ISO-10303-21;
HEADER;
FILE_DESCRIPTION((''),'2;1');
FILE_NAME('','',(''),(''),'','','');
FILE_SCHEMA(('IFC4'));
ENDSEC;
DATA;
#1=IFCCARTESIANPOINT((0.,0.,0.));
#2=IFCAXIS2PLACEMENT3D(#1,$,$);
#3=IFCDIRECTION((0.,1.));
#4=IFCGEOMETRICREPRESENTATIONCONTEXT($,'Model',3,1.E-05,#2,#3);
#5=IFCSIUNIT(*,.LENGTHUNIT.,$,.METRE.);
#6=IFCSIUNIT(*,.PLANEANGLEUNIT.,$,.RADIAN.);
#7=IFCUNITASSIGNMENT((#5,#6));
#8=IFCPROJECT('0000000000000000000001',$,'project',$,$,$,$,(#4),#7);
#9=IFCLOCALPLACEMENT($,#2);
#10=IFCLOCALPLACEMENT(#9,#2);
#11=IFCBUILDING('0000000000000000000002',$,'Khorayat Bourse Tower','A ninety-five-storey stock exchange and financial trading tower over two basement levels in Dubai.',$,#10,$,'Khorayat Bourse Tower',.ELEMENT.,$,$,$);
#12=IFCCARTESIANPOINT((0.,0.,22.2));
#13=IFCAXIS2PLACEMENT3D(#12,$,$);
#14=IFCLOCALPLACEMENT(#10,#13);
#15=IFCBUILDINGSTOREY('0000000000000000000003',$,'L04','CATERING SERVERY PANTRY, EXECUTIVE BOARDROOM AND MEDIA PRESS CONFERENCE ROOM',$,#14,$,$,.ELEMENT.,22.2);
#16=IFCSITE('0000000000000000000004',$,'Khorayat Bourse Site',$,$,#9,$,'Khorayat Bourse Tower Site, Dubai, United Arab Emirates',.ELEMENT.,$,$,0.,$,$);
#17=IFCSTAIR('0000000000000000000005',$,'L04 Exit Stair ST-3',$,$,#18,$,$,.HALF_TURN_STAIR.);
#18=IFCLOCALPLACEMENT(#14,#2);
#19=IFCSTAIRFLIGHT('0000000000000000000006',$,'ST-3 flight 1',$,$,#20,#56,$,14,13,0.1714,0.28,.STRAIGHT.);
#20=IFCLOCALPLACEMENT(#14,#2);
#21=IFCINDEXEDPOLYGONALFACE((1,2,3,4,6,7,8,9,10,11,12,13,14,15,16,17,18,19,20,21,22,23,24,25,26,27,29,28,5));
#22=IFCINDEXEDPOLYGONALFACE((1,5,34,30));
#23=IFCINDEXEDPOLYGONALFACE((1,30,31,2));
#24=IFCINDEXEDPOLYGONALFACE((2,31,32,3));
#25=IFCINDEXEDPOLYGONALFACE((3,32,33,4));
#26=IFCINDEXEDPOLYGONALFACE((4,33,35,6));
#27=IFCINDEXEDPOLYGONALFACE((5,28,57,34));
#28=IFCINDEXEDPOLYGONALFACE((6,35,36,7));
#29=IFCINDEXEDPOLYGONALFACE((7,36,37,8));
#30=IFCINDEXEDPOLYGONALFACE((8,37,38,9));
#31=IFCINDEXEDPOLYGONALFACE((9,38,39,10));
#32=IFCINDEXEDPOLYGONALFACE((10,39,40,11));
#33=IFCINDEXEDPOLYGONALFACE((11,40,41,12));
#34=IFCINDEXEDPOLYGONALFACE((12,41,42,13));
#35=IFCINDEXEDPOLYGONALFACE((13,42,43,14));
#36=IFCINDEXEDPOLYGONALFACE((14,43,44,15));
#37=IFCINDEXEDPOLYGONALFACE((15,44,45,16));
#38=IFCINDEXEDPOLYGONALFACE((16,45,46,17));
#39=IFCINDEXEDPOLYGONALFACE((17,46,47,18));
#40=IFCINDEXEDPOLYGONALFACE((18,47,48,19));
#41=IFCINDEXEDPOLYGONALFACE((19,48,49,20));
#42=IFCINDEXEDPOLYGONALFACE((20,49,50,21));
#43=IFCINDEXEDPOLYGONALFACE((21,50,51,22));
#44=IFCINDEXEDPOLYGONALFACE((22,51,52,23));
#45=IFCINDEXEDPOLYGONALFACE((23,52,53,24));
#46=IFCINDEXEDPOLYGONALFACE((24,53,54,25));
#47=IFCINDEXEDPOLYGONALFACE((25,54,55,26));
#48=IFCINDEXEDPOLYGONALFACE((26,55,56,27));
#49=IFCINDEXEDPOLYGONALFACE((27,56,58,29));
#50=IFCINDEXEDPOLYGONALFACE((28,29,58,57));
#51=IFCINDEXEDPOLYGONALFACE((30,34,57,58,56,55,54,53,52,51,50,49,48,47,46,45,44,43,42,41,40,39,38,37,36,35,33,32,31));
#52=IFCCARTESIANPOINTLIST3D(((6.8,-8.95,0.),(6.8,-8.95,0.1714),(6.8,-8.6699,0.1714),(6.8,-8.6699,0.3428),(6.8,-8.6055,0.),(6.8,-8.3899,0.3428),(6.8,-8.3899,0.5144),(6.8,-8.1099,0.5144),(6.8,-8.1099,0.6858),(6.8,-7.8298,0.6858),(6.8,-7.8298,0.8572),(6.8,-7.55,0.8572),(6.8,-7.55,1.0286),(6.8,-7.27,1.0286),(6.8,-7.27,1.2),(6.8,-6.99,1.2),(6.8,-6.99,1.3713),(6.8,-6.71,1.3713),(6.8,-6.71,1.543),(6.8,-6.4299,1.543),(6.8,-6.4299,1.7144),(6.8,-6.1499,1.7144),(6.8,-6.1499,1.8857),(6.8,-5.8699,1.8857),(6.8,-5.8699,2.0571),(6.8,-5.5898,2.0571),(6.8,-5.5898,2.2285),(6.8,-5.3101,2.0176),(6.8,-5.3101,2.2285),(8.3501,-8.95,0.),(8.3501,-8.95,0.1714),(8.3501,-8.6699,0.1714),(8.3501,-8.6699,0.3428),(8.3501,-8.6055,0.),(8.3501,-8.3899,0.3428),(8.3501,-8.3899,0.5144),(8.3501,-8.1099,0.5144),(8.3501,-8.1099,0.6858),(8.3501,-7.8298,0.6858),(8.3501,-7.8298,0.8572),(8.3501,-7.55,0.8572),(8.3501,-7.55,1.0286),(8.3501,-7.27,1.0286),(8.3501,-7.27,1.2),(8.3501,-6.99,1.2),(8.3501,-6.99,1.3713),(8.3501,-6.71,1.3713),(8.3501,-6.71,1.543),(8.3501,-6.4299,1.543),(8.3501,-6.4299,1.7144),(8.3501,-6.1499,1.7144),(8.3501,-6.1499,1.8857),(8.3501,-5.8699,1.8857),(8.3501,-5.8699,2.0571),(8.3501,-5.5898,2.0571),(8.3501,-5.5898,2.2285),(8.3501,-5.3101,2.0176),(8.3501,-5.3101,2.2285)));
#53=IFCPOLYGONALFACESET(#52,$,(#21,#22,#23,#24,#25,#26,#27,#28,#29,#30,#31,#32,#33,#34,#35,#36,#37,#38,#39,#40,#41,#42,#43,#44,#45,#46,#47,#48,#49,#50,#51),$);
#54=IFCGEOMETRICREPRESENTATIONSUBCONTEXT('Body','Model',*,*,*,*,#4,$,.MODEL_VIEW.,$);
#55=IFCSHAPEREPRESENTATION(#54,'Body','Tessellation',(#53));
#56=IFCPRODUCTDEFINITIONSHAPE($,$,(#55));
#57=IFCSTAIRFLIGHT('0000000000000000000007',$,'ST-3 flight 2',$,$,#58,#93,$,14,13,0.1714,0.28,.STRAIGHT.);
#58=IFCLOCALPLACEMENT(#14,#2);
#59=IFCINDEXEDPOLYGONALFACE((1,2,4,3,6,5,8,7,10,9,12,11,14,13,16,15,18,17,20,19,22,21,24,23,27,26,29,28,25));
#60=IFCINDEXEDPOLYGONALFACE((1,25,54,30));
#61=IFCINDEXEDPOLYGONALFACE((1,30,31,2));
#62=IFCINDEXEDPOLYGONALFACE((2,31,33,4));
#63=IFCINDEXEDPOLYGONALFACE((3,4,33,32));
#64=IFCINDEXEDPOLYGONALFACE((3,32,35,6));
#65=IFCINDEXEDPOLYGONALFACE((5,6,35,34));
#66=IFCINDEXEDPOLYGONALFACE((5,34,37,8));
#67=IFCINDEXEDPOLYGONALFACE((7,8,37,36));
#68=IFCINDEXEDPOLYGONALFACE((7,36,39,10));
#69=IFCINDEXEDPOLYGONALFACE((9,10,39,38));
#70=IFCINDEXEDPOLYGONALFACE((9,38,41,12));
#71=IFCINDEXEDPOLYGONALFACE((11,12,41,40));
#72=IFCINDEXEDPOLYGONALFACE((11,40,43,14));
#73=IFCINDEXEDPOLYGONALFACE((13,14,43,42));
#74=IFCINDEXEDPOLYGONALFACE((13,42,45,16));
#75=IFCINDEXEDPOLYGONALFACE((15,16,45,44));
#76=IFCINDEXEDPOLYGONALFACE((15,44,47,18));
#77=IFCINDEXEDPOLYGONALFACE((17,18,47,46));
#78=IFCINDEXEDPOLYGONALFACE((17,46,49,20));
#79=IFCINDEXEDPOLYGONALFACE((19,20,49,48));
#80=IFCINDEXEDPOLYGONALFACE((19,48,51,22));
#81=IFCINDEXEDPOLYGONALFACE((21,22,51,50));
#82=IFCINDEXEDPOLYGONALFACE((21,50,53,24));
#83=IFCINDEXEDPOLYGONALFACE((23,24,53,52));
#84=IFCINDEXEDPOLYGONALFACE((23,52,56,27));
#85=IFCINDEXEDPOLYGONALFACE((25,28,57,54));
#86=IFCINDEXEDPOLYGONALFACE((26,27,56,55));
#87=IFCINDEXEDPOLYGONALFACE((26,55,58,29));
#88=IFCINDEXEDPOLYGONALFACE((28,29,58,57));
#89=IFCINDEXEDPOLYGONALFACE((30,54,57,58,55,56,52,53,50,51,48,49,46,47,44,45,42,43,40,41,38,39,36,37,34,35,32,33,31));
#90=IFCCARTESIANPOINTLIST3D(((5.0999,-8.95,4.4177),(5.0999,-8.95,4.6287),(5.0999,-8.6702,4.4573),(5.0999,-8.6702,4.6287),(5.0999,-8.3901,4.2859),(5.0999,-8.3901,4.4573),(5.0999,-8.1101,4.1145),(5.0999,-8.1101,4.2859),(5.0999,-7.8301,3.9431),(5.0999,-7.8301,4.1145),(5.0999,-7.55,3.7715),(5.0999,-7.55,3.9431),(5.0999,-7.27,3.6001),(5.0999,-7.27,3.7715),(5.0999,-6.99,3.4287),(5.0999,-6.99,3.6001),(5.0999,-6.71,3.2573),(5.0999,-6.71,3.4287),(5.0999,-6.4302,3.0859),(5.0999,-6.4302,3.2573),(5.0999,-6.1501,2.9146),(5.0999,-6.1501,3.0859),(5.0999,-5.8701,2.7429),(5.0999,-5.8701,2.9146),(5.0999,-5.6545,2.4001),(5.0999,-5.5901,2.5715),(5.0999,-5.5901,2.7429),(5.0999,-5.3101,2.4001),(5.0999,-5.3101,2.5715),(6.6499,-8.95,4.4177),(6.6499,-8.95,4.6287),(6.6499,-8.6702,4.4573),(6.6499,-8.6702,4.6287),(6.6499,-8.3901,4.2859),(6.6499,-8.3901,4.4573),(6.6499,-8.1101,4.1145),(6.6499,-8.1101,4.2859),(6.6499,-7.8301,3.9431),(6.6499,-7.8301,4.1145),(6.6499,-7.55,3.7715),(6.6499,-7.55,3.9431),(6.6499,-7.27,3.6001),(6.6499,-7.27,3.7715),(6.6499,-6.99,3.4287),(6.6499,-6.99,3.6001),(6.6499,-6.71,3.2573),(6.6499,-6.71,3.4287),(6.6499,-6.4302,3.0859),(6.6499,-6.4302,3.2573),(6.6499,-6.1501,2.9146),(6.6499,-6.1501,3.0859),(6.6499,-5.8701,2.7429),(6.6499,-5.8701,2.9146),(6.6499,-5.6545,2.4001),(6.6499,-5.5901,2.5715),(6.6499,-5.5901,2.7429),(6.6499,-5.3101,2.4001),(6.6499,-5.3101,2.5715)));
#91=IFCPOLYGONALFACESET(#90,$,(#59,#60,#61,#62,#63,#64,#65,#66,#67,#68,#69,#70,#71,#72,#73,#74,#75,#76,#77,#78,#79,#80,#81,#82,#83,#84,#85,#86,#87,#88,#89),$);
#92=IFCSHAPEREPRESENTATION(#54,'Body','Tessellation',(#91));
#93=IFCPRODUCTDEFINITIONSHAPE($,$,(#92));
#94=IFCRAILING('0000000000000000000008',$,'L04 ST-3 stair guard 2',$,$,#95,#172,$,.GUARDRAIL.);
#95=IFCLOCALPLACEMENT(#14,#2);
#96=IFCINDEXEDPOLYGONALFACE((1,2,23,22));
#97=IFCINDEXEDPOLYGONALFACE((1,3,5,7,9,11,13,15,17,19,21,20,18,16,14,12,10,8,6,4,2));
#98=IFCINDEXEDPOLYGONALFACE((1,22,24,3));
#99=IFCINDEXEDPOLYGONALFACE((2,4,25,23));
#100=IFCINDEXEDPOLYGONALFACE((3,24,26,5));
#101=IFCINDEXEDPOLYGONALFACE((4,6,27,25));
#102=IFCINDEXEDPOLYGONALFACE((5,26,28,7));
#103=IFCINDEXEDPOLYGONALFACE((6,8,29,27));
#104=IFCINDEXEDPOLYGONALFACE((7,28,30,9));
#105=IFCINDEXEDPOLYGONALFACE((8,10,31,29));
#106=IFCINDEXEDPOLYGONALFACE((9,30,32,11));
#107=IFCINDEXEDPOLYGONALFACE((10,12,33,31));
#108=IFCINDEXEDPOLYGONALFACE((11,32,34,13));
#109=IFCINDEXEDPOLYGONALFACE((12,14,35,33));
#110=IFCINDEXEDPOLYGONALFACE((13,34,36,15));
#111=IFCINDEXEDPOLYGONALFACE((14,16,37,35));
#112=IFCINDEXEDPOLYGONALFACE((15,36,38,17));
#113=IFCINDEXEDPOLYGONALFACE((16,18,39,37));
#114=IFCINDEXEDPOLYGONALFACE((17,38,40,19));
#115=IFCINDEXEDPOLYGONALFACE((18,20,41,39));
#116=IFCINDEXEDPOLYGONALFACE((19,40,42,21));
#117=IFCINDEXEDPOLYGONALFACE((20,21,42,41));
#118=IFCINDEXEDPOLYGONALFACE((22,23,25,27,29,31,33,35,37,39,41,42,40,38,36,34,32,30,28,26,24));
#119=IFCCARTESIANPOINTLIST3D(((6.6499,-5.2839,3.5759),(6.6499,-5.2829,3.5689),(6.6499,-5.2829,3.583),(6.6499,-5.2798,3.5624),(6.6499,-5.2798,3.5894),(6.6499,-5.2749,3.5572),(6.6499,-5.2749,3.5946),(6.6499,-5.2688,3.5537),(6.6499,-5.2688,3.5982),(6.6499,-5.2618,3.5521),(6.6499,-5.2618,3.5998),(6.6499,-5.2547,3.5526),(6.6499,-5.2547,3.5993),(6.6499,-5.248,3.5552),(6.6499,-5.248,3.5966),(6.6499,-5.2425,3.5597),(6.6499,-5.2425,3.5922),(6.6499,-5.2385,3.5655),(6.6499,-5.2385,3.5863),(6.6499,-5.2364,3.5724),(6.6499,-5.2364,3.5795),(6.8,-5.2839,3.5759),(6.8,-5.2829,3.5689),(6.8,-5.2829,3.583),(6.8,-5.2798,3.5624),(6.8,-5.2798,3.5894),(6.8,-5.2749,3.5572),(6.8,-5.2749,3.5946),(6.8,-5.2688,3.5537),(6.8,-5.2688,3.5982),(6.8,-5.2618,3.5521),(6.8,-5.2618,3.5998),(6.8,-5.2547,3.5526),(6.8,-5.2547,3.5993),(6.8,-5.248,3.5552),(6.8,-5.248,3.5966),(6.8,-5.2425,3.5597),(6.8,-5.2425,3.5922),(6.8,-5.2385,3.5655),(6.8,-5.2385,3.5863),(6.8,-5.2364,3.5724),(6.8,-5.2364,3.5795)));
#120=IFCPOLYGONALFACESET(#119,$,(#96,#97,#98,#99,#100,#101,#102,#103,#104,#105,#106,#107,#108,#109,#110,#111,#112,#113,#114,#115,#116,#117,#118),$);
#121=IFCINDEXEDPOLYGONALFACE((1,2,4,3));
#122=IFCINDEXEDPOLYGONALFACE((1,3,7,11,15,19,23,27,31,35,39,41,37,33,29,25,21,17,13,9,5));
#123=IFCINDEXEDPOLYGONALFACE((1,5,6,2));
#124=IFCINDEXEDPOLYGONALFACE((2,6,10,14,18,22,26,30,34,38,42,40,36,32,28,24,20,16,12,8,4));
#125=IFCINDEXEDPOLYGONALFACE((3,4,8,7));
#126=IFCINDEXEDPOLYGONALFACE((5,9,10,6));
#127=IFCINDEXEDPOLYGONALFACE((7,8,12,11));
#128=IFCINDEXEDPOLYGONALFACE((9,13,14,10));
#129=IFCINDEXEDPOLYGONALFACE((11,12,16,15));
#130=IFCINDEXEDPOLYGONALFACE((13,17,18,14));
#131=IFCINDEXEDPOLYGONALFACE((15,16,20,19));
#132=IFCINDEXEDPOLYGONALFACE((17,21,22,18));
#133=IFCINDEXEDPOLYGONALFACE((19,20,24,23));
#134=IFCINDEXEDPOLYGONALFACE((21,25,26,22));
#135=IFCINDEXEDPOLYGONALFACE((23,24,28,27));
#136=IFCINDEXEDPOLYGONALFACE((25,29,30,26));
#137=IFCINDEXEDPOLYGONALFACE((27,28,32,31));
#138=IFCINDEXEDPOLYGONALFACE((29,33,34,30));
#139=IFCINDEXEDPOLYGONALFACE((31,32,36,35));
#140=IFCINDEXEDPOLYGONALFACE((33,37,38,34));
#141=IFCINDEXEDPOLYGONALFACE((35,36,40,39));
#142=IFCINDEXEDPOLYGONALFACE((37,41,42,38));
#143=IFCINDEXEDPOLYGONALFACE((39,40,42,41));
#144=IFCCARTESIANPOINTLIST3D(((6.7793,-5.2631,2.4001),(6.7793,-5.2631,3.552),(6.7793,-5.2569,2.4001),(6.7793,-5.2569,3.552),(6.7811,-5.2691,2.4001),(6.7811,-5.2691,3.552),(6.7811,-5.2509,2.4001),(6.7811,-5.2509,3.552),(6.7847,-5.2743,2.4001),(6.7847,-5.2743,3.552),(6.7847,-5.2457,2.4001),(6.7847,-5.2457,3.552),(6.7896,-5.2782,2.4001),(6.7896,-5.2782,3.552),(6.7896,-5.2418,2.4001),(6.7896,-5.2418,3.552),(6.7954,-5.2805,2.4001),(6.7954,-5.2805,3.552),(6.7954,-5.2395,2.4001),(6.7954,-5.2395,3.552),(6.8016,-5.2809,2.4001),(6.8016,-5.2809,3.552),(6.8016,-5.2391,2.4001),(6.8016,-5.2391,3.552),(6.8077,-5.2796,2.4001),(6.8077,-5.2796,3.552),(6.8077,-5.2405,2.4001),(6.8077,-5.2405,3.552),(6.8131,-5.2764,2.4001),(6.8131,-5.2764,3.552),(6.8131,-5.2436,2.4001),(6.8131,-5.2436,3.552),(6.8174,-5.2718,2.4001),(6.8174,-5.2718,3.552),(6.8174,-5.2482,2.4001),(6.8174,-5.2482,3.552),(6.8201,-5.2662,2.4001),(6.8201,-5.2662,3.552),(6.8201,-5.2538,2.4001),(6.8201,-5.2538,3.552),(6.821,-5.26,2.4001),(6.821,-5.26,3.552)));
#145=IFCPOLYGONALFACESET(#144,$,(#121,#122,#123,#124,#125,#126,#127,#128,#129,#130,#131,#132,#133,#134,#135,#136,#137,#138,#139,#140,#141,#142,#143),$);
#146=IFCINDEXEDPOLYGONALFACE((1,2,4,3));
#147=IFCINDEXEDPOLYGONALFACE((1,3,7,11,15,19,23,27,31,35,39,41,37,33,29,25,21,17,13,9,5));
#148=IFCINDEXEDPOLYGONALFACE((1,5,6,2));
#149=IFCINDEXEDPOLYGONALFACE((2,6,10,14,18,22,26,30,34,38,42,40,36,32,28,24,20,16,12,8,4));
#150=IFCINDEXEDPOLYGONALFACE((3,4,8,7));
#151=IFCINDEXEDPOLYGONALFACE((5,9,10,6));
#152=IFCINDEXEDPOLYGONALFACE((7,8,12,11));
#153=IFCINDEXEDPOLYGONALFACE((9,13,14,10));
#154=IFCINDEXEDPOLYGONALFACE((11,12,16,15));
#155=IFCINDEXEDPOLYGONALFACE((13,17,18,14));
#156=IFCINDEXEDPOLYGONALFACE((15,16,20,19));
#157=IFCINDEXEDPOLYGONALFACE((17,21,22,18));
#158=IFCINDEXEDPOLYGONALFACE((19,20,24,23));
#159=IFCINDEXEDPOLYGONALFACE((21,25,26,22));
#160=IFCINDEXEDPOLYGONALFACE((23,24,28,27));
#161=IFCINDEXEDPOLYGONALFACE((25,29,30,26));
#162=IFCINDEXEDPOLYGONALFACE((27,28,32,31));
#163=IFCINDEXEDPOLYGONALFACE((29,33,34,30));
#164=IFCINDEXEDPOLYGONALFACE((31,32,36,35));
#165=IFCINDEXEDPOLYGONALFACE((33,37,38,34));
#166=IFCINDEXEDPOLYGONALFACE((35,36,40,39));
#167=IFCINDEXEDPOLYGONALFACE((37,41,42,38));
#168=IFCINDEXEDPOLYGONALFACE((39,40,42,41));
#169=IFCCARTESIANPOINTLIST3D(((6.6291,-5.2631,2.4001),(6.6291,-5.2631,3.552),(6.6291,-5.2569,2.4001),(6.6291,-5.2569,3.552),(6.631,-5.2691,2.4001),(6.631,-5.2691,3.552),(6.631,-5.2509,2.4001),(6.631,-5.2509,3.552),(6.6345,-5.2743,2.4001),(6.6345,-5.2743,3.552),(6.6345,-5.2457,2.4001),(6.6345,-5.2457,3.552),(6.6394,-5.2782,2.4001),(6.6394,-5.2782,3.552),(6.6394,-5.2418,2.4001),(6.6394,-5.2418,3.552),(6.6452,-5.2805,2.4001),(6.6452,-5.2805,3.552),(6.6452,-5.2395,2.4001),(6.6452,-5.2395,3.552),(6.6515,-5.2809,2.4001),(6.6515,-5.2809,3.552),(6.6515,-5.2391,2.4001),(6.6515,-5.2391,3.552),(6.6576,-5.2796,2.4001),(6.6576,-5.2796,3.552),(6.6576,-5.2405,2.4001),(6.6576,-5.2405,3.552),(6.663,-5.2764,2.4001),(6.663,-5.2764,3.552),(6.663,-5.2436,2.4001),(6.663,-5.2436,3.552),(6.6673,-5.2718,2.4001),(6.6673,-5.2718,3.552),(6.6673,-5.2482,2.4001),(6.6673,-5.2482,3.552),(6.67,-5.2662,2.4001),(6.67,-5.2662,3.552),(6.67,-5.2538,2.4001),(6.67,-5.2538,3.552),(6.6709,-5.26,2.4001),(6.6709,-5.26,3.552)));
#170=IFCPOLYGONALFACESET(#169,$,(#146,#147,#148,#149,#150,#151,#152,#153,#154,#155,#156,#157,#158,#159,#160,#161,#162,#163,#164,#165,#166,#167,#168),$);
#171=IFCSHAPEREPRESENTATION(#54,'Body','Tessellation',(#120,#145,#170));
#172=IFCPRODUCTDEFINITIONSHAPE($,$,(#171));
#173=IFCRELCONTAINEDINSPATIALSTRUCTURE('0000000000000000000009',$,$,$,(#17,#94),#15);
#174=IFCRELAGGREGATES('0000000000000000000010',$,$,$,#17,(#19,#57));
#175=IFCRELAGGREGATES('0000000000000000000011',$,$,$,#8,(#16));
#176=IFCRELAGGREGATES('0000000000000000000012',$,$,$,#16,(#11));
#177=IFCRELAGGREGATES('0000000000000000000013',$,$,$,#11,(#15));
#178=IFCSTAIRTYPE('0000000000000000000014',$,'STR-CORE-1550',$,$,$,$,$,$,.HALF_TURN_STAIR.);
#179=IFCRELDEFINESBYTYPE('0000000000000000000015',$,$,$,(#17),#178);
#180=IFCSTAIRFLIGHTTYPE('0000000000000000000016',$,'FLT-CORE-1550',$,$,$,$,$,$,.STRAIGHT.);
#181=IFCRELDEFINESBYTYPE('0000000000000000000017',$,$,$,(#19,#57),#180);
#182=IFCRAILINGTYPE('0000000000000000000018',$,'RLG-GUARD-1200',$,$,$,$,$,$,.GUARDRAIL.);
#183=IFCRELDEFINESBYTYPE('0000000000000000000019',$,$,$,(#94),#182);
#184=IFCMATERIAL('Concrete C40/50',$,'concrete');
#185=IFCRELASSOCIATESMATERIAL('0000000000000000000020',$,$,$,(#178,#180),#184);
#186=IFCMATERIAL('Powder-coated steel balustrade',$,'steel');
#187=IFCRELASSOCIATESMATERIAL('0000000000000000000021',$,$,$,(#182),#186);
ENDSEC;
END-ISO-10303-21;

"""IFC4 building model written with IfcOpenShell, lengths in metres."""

from ifc_helpers import new_model, si_unit, direction, frame, origin, origin_2d, place, context, subcontext, project, spatial, polyline, circle, outline, extrude, source, transform, mapped, material, type_object, element, aggregate, save


model = new_model("IFC4")

# Units and contexts
model_context = context("Model", 3, precision=1e-05, world=origin(), true_north=direction((0.0, 1.0)))
body_context = subcontext(model_context, "Body", "Model", "MODEL_VIEW")
ifc_project = project(units=[si_unit("LENGTHUNIT", "METRE"), si_unit("PLANEANGLEUNIT", "RADIAN")], contexts=[model_context])

# Site, building, storey
site_placement = place(None, origin())
site = spatial("IfcSite", under=ifc_project, at=site_placement, Name="Khorayat Bourse Site", LongName="Khorayat Bourse Tower Site, Dubai, United Arab Emirates", CompositionType="ELEMENT", RefElevation=0.0)
building_placement = place(site_placement, origin())
building = spatial("IfcBuilding", under=site, at=building_placement, Name="Khorayat Bourse Tower", Description="A ninety-five-storey stock exchange and financial trading tower over two basement levels in Dubai.", LongName="Khorayat Bourse Tower", CompositionType="ELEMENT")
storey_placement = place(building_placement, frame((0.0, 0.0, 22.2)))
storey = spatial("IfcBuildingStorey", under=building, at=storey_placement, Name="L04", Description="CATERING SERVERY PANTRY, EXECUTIVE BOARDROOM AND MEDIA PRESS CONFERENCE ROOM", CompositionType="ELEMENT", Elevation=22.2)

# Stair, stair flights
ifc_material_1 = material(Name="Concrete C40/50", Category="concrete")
stair_type = type_object("IfcStairType", Name="STR-CORE-1550", PredefinedType="HALF_TURN_STAIR", material=ifc_material_1)
stair_placement = place(storey_placement, origin())
stair = element("IfcStair", 1, at=stair_placement, inside=storey, type_object=stair_type, Name="L04 Exit Stair ST-3", PredefinedType="HALF_TURN_STAIR")
stair_flight_type = type_object("IfcStairFlightType", Name="FLT-CORE-1550", PredefinedType="STRAIGHT", material=ifc_material_1)
shared_shape_1 = source(origin(), body_context, "Body", "SweptSolid", [
    extrude(outline(polyline([(0.0, 0.0), (0.0, 0.1714), (0.28, 0.1714), (0.28, 0.3428), (0.5601, 0.3428), (0.5601, 0.5144), (0.8401, 0.5144), (0.8401, 0.6858), (1.1201, 0.6858), (1.1201, 0.8572), (1.3999, 0.8572), (1.3999, 1.0286), (1.6799, 1.0286), (1.6799, 1.2), (1.96, 1.2), (1.96, 1.3713), (2.24, 1.3713), (2.24, 1.543), (2.52, 1.543), (2.52, 1.7144), (2.8, 1.7144), (2.8, 1.8857), (3.0801, 1.8857), (3.0801, 2.0571), (3.3601, 2.0571), (3.3601, 2.2285), (3.6399, 2.2285), (3.6399, 2.3999), (3.6399, 2.0176), (0.3445, 0.0), (0.0, 0.0)])), frame((0.0, 0.7749, 0.0), z_axis=(0.0, -1.0, 0.0), x_axis=(1.0, 0.0, 0.0)), (0.0, 0.0, 1.0), 1.55),
])
stair_flight_1_placement = place(storey_placement, frame((7.575, -8.95, 0.0), z_axis=(0.0, 0.0, 1.0), x_axis=(0.0, 1.0, 0.0)))
stair_flight_1 = element("IfcStairFlight", 2, at=stair_flight_1_placement, type_object=stair_flight_type, Name="ST-3 flight 1", NumberOfRisers=14, NumberOfTreads=13, PredefinedType="STRAIGHT", RiserHeight=0.1714, TreadLength=0.28, context=body_context, shape_type="MappedRepresentation", body=[
    mapped(shared_shape_1, transform((0.0, 0.0, 0.0), scale=1.0)),
])
stair_flight_2_placement = place(storey_placement, frame((5.875, -5.3101, 2.4001), z_axis=(0.0, 0.0, 1.0), x_axis=(0.0, -1.0, 0.0)))
stair_flight_2 = element("IfcStairFlight", 3, at=stair_flight_2_placement, type_object=stair_flight_type, Name="ST-3 flight 2", NumberOfRisers=14, NumberOfTreads=13, PredefinedType="STRAIGHT", RiserHeight=0.1714, TreadLength=0.28, context=body_context, shape_type="MappedRepresentation", body=[
    mapped(shared_shape_1, transform((0.0, 0.0, 0.0), scale=1.0)),
])
aggregate(stair, [stair_flight_1, stair_flight_2])

# Railing
ifc_material_2 = material(Name="Powder-coated steel balustrade", Category="steel")
railing_type_1 = type_object("IfcRailingType", Name="RLG-GUARD-1200", PredefinedType="GUARDRAIL", material=ifc_material_2)
shared_shape_2 = source(origin(), body_context, "Body", "SweptSolid", [
    extrude(circle(Radius=0.0239, at=origin_2d()), frame((0.0, 0.0, 1.1758), z_axis=(-1.0, 0.0, 0.0), x_axis=(0.0, -1.0, 0.0)), (0.0, 0.0, 1.0), 0.1501),
    extrude(circle(Radius=0.021, at=origin_2d()), origin(), (0.0, 0.0, 1.0), 1.1519),
    extrude(circle(Radius=0.021, at=origin_2d()), frame((-0.1501, 0.0, 0.0)), (0.0, 0.0, 1.0), 1.1519),
])
railing_1_placement = place(storey_placement, frame((6.8, -5.26, 2.4001)))
element("IfcRailing", 4, at=railing_1_placement, inside=storey, type_object=railing_type_1, Name="L04 ST-3 stair guard 2", PredefinedType="GUARDRAIL", context=body_context, shape_type="MappedRepresentation", body=[
    mapped(shared_shape_2, transform((0.0, 0.0, 0.0), scale=1.0)),
])

save(model, "model.ifc")
